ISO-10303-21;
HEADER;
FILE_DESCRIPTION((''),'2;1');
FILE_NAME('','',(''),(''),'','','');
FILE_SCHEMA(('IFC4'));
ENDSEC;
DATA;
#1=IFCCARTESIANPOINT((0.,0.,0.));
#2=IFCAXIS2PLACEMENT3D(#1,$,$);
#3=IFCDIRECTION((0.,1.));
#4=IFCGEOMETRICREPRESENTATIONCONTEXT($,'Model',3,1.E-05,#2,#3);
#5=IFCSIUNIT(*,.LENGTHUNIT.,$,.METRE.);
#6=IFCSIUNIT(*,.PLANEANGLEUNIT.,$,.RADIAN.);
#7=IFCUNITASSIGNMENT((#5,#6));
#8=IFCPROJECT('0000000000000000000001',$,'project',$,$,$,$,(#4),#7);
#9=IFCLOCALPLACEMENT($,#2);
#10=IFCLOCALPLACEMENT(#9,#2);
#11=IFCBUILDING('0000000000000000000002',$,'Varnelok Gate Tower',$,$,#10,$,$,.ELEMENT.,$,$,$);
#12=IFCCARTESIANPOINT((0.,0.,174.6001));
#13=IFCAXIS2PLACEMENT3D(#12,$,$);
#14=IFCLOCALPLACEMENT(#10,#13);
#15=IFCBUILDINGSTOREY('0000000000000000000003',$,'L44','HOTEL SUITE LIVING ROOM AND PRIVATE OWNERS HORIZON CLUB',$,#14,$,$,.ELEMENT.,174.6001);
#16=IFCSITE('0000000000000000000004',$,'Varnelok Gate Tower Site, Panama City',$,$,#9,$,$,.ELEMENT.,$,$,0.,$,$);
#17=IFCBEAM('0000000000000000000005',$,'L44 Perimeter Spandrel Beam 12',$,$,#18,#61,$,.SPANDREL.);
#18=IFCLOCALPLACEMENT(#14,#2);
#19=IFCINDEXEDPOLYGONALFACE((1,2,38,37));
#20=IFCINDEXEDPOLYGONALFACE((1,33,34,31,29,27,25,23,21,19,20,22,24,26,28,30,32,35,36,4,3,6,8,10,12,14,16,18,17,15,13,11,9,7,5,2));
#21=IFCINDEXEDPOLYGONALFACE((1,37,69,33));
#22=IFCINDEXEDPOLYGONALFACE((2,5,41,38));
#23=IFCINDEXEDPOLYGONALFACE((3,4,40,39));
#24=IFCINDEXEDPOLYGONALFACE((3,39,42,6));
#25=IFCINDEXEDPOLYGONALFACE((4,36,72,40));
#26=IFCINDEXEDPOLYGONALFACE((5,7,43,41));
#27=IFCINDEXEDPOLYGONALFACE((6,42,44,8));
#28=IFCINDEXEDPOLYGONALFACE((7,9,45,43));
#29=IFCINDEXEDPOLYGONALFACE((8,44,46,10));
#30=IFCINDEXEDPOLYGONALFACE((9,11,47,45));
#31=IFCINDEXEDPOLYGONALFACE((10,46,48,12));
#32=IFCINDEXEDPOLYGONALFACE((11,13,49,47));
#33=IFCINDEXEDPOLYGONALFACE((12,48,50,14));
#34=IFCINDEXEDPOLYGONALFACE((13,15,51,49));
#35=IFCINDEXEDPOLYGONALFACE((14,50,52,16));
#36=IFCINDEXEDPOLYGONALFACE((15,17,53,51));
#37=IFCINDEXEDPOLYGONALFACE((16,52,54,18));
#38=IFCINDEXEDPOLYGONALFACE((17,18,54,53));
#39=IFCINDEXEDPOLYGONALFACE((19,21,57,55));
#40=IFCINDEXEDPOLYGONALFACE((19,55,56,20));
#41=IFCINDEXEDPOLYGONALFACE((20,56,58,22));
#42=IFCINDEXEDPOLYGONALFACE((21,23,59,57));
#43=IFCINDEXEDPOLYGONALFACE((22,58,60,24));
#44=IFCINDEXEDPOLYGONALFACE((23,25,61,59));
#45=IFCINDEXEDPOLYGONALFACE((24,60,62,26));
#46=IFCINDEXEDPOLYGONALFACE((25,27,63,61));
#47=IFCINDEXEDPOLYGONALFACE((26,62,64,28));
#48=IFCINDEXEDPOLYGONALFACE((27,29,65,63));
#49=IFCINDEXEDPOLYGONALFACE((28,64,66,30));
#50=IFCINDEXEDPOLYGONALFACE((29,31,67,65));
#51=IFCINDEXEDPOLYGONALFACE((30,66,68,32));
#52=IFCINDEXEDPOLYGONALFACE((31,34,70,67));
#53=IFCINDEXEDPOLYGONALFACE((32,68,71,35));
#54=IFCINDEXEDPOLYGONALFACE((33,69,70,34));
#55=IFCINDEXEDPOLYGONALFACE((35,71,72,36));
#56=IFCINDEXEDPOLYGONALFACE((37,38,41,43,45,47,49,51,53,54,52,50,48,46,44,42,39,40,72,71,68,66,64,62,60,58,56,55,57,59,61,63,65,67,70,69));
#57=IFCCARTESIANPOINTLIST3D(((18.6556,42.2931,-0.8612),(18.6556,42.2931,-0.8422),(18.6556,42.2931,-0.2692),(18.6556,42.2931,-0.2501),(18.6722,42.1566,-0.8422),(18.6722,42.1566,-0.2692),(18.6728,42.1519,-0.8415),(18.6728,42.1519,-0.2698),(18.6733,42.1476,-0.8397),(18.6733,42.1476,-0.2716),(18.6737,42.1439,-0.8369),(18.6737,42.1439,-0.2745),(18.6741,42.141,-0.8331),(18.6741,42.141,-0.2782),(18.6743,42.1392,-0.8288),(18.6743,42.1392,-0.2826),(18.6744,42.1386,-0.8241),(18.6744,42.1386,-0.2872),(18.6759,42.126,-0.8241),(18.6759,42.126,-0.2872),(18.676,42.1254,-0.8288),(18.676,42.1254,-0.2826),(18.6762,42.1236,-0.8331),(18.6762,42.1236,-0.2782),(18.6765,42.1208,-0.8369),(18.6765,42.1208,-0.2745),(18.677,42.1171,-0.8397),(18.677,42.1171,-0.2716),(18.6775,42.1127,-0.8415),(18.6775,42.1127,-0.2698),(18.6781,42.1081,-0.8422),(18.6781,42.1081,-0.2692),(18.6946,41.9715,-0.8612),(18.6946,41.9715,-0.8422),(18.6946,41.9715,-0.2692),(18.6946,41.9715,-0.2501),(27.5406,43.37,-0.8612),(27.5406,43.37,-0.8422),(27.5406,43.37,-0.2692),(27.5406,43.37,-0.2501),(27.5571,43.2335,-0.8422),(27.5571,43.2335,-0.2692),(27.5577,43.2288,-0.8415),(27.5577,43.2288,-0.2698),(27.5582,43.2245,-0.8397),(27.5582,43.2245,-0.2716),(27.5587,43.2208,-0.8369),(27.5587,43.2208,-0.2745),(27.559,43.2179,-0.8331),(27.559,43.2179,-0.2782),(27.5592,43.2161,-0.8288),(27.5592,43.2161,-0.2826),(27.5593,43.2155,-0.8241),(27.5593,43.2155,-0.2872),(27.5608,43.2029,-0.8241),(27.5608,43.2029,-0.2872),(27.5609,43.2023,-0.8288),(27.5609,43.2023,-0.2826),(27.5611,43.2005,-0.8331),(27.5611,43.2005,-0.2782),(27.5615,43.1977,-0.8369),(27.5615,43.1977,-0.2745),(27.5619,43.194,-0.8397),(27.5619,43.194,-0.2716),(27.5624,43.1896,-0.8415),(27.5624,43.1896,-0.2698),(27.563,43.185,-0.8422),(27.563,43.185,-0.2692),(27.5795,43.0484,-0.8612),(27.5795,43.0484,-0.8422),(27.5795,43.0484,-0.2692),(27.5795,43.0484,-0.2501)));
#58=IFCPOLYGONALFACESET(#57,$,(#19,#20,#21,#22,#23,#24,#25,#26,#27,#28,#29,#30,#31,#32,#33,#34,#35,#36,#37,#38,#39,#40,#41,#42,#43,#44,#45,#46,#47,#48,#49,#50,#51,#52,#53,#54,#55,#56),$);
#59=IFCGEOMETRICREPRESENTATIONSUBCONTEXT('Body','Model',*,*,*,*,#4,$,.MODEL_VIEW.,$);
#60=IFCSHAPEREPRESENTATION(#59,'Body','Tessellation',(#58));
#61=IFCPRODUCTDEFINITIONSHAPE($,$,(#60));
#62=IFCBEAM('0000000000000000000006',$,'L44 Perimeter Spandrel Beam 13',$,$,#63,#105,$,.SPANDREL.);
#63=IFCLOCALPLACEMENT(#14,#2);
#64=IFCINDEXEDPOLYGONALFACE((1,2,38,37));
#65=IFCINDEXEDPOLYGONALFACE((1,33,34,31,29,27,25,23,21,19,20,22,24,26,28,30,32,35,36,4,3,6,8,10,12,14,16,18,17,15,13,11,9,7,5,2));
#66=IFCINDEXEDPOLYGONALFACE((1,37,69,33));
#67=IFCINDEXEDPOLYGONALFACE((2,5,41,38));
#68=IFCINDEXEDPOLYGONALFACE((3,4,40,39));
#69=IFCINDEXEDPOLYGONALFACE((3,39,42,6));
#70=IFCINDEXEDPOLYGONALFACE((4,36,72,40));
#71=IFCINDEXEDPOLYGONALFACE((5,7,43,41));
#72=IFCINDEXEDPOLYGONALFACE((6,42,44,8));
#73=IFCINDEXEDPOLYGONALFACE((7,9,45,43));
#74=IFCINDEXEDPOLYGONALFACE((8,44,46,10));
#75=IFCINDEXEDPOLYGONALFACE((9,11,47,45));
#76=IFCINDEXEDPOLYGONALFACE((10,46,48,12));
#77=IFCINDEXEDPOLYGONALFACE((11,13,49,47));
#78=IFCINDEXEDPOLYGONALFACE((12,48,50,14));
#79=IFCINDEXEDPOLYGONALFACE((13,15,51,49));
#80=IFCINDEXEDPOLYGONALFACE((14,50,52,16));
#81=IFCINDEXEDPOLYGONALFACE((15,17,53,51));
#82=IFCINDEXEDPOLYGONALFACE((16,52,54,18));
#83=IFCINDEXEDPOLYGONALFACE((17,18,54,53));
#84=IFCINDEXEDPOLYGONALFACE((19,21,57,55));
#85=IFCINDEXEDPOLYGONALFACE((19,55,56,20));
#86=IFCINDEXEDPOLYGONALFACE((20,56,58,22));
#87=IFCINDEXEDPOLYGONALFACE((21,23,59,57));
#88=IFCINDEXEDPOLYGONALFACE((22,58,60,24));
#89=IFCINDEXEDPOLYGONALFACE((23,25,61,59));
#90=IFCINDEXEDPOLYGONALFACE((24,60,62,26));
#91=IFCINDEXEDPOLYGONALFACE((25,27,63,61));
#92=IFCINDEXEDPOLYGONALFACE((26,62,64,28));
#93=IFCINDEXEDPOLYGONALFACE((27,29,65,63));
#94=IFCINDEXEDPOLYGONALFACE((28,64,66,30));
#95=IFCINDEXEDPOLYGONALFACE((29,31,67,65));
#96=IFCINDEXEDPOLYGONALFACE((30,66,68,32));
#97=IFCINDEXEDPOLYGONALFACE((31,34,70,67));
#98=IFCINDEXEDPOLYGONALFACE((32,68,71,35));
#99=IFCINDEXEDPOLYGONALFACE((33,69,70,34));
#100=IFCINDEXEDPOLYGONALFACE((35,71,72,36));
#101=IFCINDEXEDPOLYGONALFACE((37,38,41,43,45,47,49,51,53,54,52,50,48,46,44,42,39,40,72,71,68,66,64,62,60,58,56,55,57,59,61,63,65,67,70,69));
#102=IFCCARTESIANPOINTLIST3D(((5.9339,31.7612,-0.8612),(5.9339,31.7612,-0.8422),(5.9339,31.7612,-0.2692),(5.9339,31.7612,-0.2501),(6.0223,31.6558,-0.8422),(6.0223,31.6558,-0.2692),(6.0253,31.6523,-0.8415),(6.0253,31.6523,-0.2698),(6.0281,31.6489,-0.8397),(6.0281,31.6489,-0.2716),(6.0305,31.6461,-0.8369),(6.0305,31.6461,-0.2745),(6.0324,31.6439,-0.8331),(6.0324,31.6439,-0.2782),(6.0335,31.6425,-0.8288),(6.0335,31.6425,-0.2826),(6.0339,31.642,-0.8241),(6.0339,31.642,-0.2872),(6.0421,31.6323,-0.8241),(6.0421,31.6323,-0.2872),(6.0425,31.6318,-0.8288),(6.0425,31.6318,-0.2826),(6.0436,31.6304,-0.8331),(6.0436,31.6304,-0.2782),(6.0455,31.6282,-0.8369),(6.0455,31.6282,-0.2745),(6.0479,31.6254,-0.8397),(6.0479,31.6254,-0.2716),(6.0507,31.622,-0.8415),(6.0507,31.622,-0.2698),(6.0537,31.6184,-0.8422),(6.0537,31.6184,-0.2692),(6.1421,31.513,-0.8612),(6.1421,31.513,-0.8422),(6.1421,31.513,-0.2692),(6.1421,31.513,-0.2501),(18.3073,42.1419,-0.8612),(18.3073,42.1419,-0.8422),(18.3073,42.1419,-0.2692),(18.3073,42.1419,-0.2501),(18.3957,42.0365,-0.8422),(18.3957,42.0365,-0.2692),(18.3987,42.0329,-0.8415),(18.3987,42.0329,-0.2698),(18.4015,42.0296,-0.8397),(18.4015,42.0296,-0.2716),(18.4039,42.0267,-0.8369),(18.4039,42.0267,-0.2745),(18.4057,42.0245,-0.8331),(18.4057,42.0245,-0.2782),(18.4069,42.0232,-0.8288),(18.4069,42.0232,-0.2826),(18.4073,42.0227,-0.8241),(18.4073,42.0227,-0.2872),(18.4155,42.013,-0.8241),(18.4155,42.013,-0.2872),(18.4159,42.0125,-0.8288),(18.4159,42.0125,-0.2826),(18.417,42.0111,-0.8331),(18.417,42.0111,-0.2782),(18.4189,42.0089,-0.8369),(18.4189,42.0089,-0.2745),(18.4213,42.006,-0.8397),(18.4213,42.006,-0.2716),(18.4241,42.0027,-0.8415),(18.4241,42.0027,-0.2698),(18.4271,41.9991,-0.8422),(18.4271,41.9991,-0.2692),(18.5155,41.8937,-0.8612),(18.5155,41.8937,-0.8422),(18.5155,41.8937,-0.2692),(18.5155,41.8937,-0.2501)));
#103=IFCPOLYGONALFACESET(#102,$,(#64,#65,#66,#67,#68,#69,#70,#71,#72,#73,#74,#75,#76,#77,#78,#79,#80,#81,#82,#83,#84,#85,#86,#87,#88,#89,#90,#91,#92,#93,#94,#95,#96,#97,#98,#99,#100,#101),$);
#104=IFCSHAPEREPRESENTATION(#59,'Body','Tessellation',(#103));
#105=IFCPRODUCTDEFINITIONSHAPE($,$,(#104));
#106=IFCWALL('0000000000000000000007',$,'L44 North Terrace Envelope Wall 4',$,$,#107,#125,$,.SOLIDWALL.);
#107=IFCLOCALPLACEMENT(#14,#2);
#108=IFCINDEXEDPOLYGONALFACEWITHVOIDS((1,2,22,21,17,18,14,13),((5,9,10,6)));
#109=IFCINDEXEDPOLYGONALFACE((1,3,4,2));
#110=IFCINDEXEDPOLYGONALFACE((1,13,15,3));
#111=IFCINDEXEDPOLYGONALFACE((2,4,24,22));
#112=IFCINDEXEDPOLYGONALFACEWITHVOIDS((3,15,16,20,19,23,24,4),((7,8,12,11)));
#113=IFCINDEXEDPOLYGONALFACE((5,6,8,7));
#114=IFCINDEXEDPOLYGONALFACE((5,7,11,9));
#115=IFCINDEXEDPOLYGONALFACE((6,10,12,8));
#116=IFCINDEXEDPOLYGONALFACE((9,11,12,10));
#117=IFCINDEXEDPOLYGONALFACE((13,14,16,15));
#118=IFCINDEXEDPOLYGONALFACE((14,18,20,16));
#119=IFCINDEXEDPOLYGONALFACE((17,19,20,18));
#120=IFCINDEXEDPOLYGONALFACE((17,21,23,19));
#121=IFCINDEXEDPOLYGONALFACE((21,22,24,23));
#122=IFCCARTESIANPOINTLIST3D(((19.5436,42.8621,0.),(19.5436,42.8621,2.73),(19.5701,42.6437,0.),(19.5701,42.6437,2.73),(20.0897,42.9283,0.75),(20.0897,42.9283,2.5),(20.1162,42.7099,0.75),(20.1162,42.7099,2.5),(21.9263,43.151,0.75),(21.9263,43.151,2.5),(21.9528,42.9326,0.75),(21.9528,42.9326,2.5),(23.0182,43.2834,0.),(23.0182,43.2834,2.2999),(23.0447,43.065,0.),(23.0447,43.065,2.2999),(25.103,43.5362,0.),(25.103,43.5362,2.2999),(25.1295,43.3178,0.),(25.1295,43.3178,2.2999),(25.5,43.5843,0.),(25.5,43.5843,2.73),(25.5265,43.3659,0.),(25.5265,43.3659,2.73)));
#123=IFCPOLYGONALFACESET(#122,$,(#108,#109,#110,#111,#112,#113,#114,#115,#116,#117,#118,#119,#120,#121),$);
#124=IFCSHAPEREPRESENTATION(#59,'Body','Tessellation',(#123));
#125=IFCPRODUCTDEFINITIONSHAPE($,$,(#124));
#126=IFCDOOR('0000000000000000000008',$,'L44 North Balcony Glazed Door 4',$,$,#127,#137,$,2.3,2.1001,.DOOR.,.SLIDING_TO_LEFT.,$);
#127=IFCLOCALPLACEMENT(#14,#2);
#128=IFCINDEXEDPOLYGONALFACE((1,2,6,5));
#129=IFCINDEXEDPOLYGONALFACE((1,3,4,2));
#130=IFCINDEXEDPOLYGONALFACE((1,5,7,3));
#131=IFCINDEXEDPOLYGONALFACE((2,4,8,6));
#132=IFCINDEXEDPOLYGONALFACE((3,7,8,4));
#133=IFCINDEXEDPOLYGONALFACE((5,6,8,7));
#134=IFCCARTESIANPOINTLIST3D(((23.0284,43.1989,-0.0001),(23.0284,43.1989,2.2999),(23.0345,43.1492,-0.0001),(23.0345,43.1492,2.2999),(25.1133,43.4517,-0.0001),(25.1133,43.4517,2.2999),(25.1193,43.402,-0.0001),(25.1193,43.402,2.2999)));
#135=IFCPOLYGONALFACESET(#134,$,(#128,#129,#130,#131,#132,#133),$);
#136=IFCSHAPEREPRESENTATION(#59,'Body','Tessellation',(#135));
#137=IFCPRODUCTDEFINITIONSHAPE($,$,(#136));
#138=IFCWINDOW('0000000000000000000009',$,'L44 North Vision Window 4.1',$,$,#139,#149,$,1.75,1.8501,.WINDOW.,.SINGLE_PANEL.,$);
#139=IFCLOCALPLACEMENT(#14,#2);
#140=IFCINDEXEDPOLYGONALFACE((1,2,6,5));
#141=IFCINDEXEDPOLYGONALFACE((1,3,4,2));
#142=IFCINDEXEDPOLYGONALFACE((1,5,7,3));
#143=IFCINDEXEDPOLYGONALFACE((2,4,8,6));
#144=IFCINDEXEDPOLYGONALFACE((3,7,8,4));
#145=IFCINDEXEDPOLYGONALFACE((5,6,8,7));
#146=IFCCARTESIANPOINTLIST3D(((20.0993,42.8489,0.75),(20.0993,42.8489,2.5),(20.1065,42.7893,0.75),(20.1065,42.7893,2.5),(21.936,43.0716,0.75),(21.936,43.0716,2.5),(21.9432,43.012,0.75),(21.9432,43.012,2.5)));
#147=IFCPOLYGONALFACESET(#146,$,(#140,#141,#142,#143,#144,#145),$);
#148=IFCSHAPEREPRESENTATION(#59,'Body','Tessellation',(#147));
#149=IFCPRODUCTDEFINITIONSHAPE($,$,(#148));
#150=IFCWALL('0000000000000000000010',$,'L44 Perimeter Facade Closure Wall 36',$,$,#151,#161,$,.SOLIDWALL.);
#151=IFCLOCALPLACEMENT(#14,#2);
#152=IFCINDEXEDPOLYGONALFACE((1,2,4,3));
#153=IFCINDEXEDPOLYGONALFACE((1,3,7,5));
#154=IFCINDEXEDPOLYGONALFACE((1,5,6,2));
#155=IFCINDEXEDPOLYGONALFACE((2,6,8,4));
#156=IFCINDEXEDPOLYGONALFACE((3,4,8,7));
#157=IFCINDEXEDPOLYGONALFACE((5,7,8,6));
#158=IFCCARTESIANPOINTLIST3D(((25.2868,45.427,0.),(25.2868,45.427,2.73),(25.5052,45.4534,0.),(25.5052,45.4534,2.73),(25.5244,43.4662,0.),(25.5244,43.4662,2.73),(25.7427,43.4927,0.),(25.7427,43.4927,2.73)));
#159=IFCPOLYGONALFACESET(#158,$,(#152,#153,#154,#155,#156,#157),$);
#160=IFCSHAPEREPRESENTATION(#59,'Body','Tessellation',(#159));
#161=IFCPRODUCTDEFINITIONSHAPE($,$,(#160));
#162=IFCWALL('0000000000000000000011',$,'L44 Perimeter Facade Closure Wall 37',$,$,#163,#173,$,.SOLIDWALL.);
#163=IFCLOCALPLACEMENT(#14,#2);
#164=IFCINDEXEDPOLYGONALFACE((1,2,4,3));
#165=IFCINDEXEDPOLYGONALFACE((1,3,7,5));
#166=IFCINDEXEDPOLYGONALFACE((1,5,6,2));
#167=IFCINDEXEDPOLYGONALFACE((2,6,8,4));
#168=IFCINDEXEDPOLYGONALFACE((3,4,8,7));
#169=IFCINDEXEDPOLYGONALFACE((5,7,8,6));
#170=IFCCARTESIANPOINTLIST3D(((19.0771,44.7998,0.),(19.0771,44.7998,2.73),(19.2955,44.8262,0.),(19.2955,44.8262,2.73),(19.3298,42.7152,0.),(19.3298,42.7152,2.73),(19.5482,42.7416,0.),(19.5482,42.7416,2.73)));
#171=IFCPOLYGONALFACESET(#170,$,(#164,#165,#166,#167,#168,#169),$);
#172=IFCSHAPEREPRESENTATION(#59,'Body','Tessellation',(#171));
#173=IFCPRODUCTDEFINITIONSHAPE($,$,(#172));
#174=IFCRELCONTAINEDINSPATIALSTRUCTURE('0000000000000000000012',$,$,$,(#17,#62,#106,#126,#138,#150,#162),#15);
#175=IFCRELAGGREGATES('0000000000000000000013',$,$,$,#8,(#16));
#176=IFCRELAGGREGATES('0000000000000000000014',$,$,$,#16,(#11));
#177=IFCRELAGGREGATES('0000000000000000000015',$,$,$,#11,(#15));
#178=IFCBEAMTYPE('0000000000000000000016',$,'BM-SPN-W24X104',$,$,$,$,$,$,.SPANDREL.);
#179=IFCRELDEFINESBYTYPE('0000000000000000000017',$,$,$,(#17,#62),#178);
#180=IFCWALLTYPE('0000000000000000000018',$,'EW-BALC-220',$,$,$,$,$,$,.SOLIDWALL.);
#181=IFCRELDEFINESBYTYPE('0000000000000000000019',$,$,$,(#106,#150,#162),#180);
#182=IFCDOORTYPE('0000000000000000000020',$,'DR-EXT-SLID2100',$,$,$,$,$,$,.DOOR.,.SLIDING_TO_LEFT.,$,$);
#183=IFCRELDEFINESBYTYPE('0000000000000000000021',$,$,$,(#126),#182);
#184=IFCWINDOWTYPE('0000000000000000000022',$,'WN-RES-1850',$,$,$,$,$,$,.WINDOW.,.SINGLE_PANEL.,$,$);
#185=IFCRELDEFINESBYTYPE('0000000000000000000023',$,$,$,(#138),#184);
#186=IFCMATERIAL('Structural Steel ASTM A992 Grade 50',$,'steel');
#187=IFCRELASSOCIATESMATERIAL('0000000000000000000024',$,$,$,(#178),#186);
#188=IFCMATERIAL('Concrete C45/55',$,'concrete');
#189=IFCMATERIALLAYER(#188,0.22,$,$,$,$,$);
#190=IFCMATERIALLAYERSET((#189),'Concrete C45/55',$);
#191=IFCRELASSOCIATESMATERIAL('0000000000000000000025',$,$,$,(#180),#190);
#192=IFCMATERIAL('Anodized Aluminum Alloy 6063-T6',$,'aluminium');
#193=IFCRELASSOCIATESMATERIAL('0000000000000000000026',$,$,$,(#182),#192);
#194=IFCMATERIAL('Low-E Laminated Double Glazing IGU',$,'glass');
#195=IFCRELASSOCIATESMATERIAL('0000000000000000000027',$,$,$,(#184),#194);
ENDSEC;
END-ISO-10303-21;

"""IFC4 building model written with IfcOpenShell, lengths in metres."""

from ifc_helpers import new_model, si_unit, direction, frame, frame_2d, origin, origin_2d, place, context, subcontext, project, spatial, rectangle, i_section, extrude, material, layer, layer_set, material_profile, profile_set, type_object, element, fill, save


model = new_model("IFC4")

# Units and contexts
model_context = context("Model", 3, precision=1e-05, world=origin(), true_north=direction((0.0, 1.0)))
body_context = subcontext(model_context, "Body", "Model", "MODEL_VIEW")
ifc_project = project(units=[si_unit("LENGTHUNIT", "METRE"), si_unit("PLANEANGLEUNIT", "RADIAN")], contexts=[model_context])

# Site, building, storey
site_placement = place(None, origin())
site = spatial("IfcSite", under=ifc_project, at=site_placement, Name="Varnelok Gate Tower Site, Panama City", CompositionType="ELEMENT", RefElevation=0.0)
building_placement = place(site_placement, origin())
building = spatial("IfcBuilding", under=site, at=building_placement, Name="Varnelok Gate Tower", CompositionType="ELEMENT")
storey_placement = place(building_placement, frame((0.0, 0.0, 174.6001)))
storey = spatial("IfcBuildingStorey", under=building, at=storey_placement, Name="L44", Description="HOTEL SUITE LIVING ROOM AND PRIVATE OWNERS HORIZON CLUB", CompositionType="ELEMENT", Elevation=174.6001)

# Shared definitions
ifc_material_1 = material(Name="Structural Steel ASTM A992 Grade 50", Category="steel")

# Beams
ifc_material_profile_1 = material_profile(ifc_material_1, i_section(OverallWidth=0.324, OverallDepth=0.6111, WebThickness=0.0127, FlangeThickness=0.019, FilletRadius=0.0181, at=origin_2d()), Name="W24X104")
ifc_profile_set_1 = profile_set([ifc_material_profile_1], Name="Structural Steel ASTM A992 Grade 50")
beam_type_1 = type_object("IfcBeamType", Name="BM-SPN-W24X104", PredefinedType="SPANDREL", material=ifc_profile_set_1)
beam_1_placement = place(storey_placement, frame((27.5601, 43.2092, -0.5557), z_axis=(-0.992735, -0.120324, 0.0), x_axis=(0.120324, -0.992735, 0.0)))
element("IfcBeam", 1, at=beam_1_placement, inside=storey, type_object=beam_type_1, Name="L44 Perimeter Spandrel Beam 12", PredefinedType="SPANDREL", context=body_context, shape_type="SweptSolid", body=[
    extrude(i_section(OverallWidth=0.324, OverallDepth=0.6111, WebThickness=0.0127, FlangeThickness=0.019, FilletRadius=0.0181, at=origin_2d()), origin(), (0.0, 0.0, 1.0), 8.95),
])
beam_2_placement = place(storey_placement, frame((18.4114, 42.0178, -0.5557), z_axis=(-0.7661, -0.642722, 0.0), x_axis=(0.642722, -0.7661, 0.0)))
element("IfcBeam", 2, at=beam_2_placement, inside=storey, type_object=beam_type_1, Name="L44 Perimeter Spandrel Beam 13", PredefinedType="SPANDREL", context=body_context, shape_type="SweptSolid", body=[
    extrude(i_section(OverallWidth=0.324, OverallDepth=0.6111, WebThickness=0.0127, FlangeThickness=0.019, FilletRadius=0.0181, at=origin_2d()), origin(), (0.0, 0.0, 1.0), 16.1511),
])

# Wall, openings, door, window
ifc_material_2 = material(Name="Concrete C45/55", Category="concrete")
ifc_layer_1 = layer(ifc_material_2, 0.22)
ifc_layer_set_1 = layer_set([ifc_layer_1], Name="Concrete C45/55")
wall_type_1 = type_object("IfcWallType", Name="EW-BALC-220", PredefinedType="SOLIDWALL", material=ifc_layer_set_1)
wall_1_placement = place(storey_placement, frame((19.5569, 42.7529, 0.0), z_axis=(0.0, 0.0, 1.0), x_axis=(0.99273, 0.120363, 0.0)))
wall_1 = element("IfcWall", 3, at=wall_1_placement, inside=storey, type_object=wall_type_1, Name="L44 North Terrace Envelope Wall 4", PredefinedType="SOLIDWALL", context=body_context, shape_type="SweptSolid", body=[
    extrude(rectangle(XDim=6.0, YDim=0.22, at=frame_2d((3.0, 0.0))), origin(), (0.0, 0.0, 1.0), 2.73),
])
opening_1_placement = place(wall_1_placement, frame((3.5, 0.0, 0.0)))
opening_1 = element("IfcOpeningElement", 4, at=opening_1_placement, cuts=wall_1, PredefinedType="OPENING", context=body_context, shape_type="SweptSolid", body=[
    extrude(rectangle(XDim=2.1001, YDim=2.3, at=frame_2d((1.05, 1.1499))), frame((0.0, 0.1199, 0.0), z_axis=(0.0, -1.0, 0.0), x_axis=(1.0, 0.0, 0.0)), (0.0, 0.0, 1.0), 0.24),
])
opening_2_placement = place(wall_1_placement, frame((0.55, 0.0, 0.75)))
opening_2 = element("IfcOpeningElement", 5, at=opening_2_placement, cuts=wall_1, PredefinedType="OPENING", context=body_context, shape_type="SweptSolid", body=[
    extrude(rectangle(XDim=1.8501, YDim=1.75, at=frame_2d((0.925, 0.875))), frame((0.0, 0.1199, 0.0), z_axis=(0.0, -1.0, 0.0), x_axis=(1.0, 0.0, 0.0)), (0.0, 0.0, 1.0), 0.24),
])
ifc_material_3 = material(Name="Anodized Aluminum Alloy 6063-T6", Category="aluminium")
door_type_1 = type_object("IfcDoorType", Name="DR-EXT-SLID2100", OperationType="SLIDING_TO_LEFT", PredefinedType="DOOR", material=ifc_material_3)
door_1_placement = place(opening_1_placement, origin())
door_1 = element("IfcDoor", 6, at=door_1_placement, inside=storey, type_object=door_type_1, Name="L44 North Balcony Glazed Door 4", OperationType="SLIDING_TO_LEFT", OverallHeight=2.3, OverallWidth=2.1001, PredefinedType="DOOR", context=body_context, shape_type="SweptSolid", body=[
    extrude(rectangle(XDim=2.1001, YDim=2.3, at=frame_2d((1.05, 1.1499))), frame((0.0, 0.0249, 0.0), z_axis=(0.0, -1.0, 0.0), x_axis=(1.0, 0.0, 0.0)), (0.0, 0.0, 1.0), 0.05),
])
fill(opening_1, door_1)
ifc_material_4 = material(Name="Low-E Laminated Double Glazing IGU", Category="glass")
window_type_1 = type_object("IfcWindowType", Name="WN-RES-1850", PartitioningType="SINGLE_PANEL", PredefinedType="WINDOW", material=ifc_material_4)
window_1_placement = place(opening_2_placement, origin())
window_1 = element("IfcWindow", 7, at=window_1_placement, inside=storey, type_object=window_type_1, Name="L44 North Vision Window 4.1", OverallHeight=1.75, OverallWidth=1.8501, PartitioningType="SINGLE_PANEL", PredefinedType="WINDOW", context=body_context, shape_type="SweptSolid", body=[
    extrude(rectangle(XDim=1.8501, YDim=1.75, at=frame_2d((0.925, 0.875))), frame((0.0, 0.03, 0.0), z_axis=(0.0, -1.0, 0.0), x_axis=(1.0, 0.0, 0.0)), (0.0, 0.0, 1.0), 0.0601),
])
fill(opening_2, window_1)

# Walls
wall_2_placement = place(storey_placement, frame((25.396, 45.4402, 0.0), z_axis=(0.0, 0.0, 1.0), x_axis=(0.120276, -0.99274, 0.0)))
element("IfcWall", 8, at=wall_2_placement, inside=storey, type_object=wall_type_1, Name="L44 Perimeter Facade Closure Wall 36", PredefinedType="SOLIDWALL", context=body_context, shape_type="SweptSolid", body=[
    extrude(rectangle(XDim=1.9751, YDim=0.22, at=frame_2d((0.9875, 0.0))), origin(), (0.0, 0.0, 1.0), 2.73),
])
wall_3_placement = place(storey_placement, frame((19.439, 42.7285, 0.0), z_axis=(0.0, 0.0, 1.0), x_axis=(-0.120328, 0.992734, 0.0)))
element("IfcWall", 9, at=wall_3_placement, inside=storey, type_object=wall_type_1, Name="L44 Perimeter Facade Closure Wall 37", PredefinedType="SOLIDWALL", context=body_context, shape_type="SweptSolid", body=[
    extrude(rectangle(XDim=2.0999, YDim=0.22, at=frame_2d((1.0498, 0.0))), origin(), (0.0, 0.0, 1.0), 2.73),
])

save(model, "model.ifc")
